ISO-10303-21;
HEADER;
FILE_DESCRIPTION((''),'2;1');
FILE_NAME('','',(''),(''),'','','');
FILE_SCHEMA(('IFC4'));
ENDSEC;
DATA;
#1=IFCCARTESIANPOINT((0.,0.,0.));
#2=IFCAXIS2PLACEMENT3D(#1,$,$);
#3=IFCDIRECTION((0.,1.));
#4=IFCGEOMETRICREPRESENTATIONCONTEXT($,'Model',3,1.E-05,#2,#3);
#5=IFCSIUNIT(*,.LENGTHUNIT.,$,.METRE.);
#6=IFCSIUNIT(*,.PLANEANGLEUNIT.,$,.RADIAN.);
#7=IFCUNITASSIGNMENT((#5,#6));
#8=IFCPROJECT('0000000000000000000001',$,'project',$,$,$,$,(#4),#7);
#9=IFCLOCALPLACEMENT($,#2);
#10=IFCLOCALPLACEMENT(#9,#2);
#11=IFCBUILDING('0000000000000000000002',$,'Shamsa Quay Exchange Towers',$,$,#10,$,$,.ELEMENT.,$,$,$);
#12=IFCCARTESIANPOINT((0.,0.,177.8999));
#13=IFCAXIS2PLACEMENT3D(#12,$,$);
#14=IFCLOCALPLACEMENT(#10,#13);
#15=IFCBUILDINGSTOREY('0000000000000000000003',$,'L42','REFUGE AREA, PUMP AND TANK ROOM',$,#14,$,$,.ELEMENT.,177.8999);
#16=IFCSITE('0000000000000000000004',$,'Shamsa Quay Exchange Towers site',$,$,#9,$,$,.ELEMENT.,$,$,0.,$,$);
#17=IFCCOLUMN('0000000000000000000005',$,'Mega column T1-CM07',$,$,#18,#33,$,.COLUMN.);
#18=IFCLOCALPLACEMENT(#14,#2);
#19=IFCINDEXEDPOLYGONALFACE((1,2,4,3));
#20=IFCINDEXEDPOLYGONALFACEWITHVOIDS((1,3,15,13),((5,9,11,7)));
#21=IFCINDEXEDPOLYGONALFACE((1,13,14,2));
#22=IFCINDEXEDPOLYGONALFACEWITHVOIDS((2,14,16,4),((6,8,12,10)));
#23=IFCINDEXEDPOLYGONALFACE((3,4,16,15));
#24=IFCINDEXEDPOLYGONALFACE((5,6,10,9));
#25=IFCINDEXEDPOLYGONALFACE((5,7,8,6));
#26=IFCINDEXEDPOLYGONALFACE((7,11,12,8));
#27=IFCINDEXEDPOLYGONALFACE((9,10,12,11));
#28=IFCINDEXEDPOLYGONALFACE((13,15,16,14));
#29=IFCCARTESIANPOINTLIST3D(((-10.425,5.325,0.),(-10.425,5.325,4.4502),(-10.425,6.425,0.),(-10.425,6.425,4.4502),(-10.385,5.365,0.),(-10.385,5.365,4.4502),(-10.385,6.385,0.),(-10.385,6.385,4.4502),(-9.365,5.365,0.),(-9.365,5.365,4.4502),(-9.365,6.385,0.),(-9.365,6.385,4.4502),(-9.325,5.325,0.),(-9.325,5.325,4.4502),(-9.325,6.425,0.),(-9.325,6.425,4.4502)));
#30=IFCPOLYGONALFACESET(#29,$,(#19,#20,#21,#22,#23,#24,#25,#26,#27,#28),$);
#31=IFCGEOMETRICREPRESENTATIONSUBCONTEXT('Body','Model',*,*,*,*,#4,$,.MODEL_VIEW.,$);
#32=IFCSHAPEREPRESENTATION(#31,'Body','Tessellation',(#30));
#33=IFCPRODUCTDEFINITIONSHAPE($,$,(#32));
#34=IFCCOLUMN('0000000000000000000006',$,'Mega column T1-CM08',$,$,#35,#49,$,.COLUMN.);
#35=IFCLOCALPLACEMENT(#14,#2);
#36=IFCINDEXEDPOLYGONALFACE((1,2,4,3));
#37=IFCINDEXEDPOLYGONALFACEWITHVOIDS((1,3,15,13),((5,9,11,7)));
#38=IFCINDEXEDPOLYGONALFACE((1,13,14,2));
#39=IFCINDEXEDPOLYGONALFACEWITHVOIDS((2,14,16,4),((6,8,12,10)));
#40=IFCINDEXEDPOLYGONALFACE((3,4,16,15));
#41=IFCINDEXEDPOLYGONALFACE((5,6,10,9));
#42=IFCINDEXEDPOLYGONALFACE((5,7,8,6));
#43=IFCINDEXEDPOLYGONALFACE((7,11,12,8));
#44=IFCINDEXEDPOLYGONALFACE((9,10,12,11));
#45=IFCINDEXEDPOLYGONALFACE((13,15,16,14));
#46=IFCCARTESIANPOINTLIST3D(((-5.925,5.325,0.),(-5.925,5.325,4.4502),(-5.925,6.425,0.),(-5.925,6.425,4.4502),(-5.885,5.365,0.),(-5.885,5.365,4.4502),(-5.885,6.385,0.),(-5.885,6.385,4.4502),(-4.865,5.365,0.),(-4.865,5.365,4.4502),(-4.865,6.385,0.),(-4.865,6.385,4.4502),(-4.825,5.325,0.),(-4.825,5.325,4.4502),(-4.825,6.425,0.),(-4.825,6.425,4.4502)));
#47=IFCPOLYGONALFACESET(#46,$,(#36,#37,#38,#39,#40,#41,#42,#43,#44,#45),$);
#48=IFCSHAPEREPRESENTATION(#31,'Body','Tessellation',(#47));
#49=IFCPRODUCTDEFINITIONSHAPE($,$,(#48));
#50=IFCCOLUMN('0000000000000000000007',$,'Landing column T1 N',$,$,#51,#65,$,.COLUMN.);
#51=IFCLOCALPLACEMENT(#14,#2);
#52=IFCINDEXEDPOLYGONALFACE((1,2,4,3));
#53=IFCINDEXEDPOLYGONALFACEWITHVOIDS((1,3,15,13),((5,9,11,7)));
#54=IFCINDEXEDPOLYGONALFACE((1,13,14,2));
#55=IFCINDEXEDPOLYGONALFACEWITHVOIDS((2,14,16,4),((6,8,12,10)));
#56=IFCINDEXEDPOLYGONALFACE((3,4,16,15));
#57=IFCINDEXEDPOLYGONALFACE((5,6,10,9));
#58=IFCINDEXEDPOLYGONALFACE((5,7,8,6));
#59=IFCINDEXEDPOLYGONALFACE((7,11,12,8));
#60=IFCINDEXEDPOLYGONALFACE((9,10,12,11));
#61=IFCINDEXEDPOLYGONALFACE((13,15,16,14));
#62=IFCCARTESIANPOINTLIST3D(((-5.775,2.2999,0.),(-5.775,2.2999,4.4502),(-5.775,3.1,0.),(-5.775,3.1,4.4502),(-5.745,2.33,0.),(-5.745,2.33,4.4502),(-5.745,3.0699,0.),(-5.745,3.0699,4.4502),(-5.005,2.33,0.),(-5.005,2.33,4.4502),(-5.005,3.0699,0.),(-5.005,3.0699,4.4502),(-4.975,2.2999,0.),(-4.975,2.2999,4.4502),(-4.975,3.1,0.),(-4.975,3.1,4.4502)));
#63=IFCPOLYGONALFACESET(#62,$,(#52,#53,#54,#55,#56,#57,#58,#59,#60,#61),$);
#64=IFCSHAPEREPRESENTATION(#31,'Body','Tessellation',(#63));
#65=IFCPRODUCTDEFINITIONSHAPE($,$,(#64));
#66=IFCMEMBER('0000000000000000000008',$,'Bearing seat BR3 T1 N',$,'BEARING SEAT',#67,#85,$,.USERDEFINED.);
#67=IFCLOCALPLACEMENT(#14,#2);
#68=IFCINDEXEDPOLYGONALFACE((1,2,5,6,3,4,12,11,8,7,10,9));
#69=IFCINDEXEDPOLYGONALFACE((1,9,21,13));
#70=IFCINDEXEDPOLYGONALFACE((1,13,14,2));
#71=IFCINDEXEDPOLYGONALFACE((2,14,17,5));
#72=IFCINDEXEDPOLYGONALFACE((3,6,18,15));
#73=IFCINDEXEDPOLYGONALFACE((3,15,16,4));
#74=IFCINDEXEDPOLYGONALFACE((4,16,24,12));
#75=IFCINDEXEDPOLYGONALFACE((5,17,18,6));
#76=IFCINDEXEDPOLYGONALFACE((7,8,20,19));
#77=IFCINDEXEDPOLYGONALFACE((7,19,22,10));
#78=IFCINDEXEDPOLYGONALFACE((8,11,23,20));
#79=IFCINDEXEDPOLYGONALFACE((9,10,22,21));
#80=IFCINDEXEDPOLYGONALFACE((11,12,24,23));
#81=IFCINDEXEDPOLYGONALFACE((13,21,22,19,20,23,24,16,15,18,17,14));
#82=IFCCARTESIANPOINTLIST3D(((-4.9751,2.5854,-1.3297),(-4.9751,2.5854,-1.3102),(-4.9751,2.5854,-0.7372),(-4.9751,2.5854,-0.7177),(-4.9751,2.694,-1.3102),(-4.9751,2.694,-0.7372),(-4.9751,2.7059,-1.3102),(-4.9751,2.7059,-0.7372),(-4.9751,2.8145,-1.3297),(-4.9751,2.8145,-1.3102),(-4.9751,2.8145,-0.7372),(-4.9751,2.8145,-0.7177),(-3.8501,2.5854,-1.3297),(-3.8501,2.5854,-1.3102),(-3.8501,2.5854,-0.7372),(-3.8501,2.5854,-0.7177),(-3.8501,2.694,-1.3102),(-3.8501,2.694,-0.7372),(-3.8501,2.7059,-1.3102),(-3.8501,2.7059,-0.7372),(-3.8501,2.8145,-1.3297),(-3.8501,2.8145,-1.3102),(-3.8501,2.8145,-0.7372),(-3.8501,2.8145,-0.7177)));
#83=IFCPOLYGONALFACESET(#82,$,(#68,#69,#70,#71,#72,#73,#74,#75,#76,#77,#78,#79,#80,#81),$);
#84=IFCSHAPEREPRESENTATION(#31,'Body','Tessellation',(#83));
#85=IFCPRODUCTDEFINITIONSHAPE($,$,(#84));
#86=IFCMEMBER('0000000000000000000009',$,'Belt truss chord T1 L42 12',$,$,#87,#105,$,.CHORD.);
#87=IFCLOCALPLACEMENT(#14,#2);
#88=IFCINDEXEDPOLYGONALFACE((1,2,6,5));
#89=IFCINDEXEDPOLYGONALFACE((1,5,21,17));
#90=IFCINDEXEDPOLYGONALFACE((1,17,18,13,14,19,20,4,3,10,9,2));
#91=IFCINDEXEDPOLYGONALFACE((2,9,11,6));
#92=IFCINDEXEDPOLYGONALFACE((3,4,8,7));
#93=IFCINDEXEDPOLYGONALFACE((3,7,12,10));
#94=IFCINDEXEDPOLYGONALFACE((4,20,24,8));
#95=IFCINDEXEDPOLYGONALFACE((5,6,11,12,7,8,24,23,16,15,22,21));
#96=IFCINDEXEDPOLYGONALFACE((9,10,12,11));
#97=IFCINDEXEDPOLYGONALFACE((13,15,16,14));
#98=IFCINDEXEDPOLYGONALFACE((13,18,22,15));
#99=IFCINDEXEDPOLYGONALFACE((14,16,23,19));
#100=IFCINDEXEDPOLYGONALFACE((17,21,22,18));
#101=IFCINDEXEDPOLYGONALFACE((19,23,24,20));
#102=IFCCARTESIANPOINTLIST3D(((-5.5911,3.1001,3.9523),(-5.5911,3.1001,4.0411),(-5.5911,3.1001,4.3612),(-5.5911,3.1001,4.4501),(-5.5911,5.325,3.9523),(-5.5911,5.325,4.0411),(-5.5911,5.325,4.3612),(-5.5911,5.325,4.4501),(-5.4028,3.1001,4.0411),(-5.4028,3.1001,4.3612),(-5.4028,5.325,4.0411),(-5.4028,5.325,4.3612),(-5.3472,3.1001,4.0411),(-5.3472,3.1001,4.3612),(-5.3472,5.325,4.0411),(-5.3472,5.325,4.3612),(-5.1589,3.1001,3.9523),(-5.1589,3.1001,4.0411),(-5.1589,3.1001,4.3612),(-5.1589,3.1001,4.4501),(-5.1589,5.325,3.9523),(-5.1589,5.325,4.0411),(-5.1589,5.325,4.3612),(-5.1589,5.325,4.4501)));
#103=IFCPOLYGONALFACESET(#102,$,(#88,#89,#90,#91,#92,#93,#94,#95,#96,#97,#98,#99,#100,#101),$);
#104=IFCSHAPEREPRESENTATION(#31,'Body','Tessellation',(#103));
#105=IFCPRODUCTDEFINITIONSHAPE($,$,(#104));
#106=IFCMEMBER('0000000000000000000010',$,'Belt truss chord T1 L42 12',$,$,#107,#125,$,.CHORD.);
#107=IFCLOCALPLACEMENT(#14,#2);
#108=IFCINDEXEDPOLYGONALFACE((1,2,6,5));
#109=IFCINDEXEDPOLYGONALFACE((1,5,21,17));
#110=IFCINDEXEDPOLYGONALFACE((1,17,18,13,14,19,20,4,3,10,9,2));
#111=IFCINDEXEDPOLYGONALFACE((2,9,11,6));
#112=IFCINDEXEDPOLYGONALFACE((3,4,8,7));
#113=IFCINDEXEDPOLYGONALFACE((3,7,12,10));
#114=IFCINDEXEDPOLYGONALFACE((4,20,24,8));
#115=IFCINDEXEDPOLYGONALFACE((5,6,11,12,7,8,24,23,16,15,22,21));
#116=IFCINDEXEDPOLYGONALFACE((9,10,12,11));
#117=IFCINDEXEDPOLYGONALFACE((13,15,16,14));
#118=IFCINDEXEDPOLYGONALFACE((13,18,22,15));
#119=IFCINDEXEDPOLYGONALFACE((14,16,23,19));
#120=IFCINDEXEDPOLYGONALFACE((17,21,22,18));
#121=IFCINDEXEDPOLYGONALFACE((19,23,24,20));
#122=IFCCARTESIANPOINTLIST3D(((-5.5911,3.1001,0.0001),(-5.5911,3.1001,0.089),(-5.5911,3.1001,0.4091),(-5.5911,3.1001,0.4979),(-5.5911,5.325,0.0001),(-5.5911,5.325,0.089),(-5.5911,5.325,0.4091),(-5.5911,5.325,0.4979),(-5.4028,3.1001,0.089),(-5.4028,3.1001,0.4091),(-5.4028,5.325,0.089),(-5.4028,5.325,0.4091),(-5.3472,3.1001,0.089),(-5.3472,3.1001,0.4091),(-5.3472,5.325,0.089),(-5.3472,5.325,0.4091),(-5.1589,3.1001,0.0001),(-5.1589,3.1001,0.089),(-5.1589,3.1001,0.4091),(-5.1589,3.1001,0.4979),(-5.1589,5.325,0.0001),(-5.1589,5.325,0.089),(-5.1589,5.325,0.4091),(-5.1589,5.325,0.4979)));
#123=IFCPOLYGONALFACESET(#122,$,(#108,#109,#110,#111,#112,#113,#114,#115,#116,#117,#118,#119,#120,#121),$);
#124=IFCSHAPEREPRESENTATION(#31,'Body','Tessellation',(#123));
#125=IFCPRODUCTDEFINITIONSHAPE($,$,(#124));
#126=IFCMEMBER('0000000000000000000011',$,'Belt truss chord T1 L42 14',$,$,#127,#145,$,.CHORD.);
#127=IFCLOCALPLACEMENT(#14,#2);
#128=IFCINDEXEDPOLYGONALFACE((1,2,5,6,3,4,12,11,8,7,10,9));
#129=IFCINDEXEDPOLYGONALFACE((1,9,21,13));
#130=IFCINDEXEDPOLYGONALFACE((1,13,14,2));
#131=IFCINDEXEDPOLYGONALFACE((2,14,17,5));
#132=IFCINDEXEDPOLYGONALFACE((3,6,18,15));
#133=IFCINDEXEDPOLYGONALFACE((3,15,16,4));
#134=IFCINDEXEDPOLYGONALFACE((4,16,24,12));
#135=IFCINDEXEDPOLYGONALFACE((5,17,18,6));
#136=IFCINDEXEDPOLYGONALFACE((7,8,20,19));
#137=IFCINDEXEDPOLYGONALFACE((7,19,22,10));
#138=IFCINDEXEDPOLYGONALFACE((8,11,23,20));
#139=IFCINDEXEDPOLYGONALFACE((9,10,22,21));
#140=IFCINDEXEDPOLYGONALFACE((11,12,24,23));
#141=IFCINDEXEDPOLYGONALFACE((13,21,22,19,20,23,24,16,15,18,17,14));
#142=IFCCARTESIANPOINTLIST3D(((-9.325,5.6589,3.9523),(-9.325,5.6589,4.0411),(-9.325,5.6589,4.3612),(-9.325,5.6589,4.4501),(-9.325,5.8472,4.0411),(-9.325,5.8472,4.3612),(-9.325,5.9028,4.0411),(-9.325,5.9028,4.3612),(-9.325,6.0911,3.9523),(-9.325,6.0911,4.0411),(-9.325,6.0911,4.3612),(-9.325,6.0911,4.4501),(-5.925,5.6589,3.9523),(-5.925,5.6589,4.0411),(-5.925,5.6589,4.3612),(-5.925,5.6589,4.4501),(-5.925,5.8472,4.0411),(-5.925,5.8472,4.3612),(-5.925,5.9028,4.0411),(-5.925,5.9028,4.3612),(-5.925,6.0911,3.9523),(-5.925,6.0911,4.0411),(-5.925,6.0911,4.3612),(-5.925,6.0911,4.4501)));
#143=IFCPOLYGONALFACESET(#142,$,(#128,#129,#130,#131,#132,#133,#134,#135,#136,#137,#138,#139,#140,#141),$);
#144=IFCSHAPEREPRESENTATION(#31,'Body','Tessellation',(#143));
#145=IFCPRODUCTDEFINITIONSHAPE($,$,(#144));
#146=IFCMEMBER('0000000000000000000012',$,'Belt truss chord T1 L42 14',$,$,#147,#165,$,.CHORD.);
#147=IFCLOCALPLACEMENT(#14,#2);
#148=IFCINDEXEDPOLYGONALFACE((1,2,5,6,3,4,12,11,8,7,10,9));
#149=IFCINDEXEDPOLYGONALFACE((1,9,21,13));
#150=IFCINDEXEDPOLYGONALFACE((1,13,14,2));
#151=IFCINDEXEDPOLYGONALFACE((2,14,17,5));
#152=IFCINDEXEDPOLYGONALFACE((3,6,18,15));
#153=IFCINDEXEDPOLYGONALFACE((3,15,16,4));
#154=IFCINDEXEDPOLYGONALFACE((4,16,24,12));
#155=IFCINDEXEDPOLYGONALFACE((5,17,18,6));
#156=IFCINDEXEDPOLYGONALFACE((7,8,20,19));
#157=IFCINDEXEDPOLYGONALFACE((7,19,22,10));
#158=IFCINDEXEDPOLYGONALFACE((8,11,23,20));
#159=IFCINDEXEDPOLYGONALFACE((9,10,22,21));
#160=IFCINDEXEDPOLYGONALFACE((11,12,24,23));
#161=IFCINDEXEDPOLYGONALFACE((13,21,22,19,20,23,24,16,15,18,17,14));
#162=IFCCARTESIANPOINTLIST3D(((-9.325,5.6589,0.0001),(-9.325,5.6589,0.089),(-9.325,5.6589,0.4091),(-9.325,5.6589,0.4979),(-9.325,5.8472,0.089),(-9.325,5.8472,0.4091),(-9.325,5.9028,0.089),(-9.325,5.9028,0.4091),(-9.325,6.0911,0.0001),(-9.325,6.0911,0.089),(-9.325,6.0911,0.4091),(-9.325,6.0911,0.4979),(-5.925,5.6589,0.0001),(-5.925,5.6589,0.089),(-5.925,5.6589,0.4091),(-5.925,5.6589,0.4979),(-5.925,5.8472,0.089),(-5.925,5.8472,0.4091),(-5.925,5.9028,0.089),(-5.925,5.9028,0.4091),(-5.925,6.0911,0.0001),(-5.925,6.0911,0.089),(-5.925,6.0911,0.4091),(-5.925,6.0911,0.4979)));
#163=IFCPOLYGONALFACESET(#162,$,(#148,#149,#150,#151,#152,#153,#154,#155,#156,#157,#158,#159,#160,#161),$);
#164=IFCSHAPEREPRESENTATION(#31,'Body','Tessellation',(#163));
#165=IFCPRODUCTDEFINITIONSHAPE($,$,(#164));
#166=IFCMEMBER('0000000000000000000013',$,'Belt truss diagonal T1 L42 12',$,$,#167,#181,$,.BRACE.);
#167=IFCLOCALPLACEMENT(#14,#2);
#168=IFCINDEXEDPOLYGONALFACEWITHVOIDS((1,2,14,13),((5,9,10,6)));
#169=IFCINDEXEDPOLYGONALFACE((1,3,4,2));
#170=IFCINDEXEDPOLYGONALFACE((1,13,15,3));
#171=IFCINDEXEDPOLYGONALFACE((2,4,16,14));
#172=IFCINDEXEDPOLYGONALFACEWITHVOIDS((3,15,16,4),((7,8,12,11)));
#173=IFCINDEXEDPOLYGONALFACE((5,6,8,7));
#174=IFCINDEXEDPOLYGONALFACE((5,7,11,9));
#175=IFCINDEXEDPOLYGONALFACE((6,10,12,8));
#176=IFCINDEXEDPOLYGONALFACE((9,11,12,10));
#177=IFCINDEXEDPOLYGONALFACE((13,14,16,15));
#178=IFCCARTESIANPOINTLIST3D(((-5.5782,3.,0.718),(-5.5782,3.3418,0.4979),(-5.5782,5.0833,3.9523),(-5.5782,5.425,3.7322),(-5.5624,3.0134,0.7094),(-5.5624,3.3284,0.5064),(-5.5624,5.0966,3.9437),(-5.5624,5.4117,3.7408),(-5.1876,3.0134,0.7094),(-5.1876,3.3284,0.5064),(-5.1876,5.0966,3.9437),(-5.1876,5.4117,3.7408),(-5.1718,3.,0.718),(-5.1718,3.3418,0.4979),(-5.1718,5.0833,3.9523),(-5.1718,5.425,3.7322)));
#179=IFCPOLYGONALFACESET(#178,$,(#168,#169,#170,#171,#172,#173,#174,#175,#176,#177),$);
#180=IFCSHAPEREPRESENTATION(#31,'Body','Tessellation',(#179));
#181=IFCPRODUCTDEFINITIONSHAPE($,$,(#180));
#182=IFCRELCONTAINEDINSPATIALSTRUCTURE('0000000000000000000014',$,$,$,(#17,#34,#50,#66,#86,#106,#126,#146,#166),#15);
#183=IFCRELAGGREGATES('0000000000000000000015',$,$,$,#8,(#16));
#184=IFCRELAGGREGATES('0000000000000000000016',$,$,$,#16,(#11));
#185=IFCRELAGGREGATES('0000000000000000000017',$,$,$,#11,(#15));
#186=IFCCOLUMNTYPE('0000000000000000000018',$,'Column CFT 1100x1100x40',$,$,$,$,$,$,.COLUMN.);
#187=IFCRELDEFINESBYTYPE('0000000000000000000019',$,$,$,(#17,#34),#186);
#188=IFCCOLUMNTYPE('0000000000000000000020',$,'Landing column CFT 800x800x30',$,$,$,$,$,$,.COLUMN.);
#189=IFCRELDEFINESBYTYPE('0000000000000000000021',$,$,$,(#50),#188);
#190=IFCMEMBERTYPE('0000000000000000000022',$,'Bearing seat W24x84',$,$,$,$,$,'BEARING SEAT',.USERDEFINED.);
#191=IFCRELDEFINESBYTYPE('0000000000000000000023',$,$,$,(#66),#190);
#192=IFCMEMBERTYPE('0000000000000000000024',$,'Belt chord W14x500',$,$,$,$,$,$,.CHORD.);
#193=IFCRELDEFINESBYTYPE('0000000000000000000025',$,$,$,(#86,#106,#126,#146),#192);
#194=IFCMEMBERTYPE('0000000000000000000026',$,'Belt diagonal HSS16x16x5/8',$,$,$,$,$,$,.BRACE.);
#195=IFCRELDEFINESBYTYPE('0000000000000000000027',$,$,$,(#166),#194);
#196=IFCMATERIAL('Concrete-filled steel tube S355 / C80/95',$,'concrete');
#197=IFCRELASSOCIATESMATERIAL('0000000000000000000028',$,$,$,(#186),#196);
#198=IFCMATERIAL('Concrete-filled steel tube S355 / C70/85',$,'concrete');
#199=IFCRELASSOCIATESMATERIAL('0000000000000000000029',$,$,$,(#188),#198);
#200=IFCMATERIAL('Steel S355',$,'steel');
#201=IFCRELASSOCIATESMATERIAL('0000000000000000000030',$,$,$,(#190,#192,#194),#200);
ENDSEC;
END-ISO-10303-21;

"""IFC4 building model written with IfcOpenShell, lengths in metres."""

from ifc_helpers import new_model, si_unit, direction, frame, origin, origin_2d, place, context, subcontext, project, spatial, hollow_rectangle, i_section, extrude, material, material_profile, profile_set, type_object, element, save


model = new_model("IFC4")

# Units and contexts
model_context = context("Model", 3, precision=1e-05, world=origin(), true_north=direction((0.0, 1.0)))
body_context = subcontext(model_context, "Body", "Model", "MODEL_VIEW")
ifc_project = project(units=[si_unit("LENGTHUNIT", "METRE"), si_unit("PLANEANGLEUNIT", "RADIAN")], contexts=[model_context])

# Site, building, storey
site_placement = place(None, origin())
site = spatial("IfcSite", under=ifc_project, at=site_placement, Name="Shamsa Quay Exchange Towers site", CompositionType="ELEMENT", RefElevation=0.0)
building_placement = place(site_placement, origin())
building = spatial("IfcBuilding", under=site, at=building_placement, Name="Shamsa Quay Exchange Towers", CompositionType="ELEMENT")
storey_placement = place(building_placement, frame((0.0, 0.0, 177.8999)))
storey = spatial("IfcBuildingStorey", under=building, at=storey_placement, Name="L42", Description="REFUGE AREA, PUMP AND TANK ROOM", CompositionType="ELEMENT", Elevation=177.8999)

# Columns
ifc_material_1 = material(Name="Concrete-filled steel tube S355 / C80/95", Category="concrete")
ifc_material_profile_1 = material_profile(ifc_material_1, hollow_rectangle(XDim=1.1001, YDim=1.1001, WallThickness=0.04, at=origin_2d()), Name="CFT 1100x1100x40")
ifc_profile_set_1 = profile_set([ifc_material_profile_1], Name="Concrete-filled steel tube S355 / C80/95")
column_type_1 = type_object("IfcColumnType", Name="Column CFT 1100x1100x40", PredefinedType="COLUMN", material=ifc_profile_set_1)
for number, where, name in (
    (1, (-9.875, 5.875, 0.0), "Mega column T1-CM07"),
    (2, (-5.375, 5.875, 0.0), "Mega column T1-CM08"),
):
    element("IfcColumn", number, at=place(storey_placement, frame(where)), inside=storey, type_object=column_type_1, Name=name, PredefinedType="COLUMN", context=body_context, shape_type="SweptSolid", body=[
        extrude(hollow_rectangle(XDim=1.1001, YDim=1.1001, WallThickness=0.04, at=origin_2d()), origin(), (0.0, 0.0, 1.0), 4.4502),
    ])
ifc_material_2 = material(Name="Concrete-filled steel tube S355 / C70/85", Category="concrete")
ifc_material_profile_2 = material_profile(ifc_material_2, hollow_rectangle(XDim=0.8, YDim=0.8, WallThickness=0.03, at=origin_2d()), Name="CFT 800x800x30")
ifc_profile_set_2 = profile_set([ifc_material_profile_2], Name="Concrete-filled steel tube S355 / C70/85")
column_type_2 = type_object("IfcColumnType", Name="Landing column CFT 800x800x30", PredefinedType="COLUMN", material=ifc_profile_set_2)
column_placement = place(storey_placement, frame((-5.375, 2.7, 0.0)))
element("IfcColumn", 3, at=column_placement, inside=storey, type_object=column_type_2, Name="Landing column T1 N", PredefinedType="COLUMN", context=body_context, shape_type="SweptSolid", body=[
    extrude(hollow_rectangle(XDim=0.8, YDim=0.8, WallThickness=0.03, at=origin_2d()), origin(), (0.0, 0.0, 1.0), 4.4502),
])

# Members
ifc_material_3 = material(Name="Steel S355", Category="steel")
ifc_material_profile_3 = material_profile(ifc_material_3, i_section(OverallWidth=0.229, OverallDepth=0.6121, WebThickness=0.012, FlangeThickness=0.0195, at=origin_2d()), Name="W24x84")
ifc_profile_set_3 = profile_set([ifc_material_profile_3], Name="Steel S355")
member_type_1 = type_object("IfcMemberType", Name="Bearing seat W24x84", ElementType="BEARING SEAT", PredefinedType="USERDEFINED", material=ifc_profile_set_3)
member_1_placement = place(storey_placement, frame((-4.9751, 2.7, -1.0237), z_axis=(1.0, 0.0, 0.0), x_axis=(0.0, 1.0, 0.0)))
element("IfcMember", 4, at=member_1_placement, inside=storey, type_object=member_type_1, Name="Bearing seat BR3 T1 N", ObjectType="BEARING SEAT", PredefinedType="USERDEFINED", context=body_context, shape_type="SweptSolid", body=[
    extrude(i_section(OverallWidth=0.229, OverallDepth=0.6121, WebThickness=0.012, FlangeThickness=0.0195, at=origin_2d()), origin(), (0.0, 0.0, 1.0), 1.125),
])
ifc_material_profile_4 = material_profile(ifc_material_3, i_section(OverallWidth=0.4321, OverallDepth=0.4978, WebThickness=0.0557, FlangeThickness=0.0889, at=origin_2d()), Name="W14x500")
ifc_profile_set_4 = profile_set([ifc_material_profile_4], Name="Steel S355")
member_type_2 = type_object("IfcMemberType", Name="Belt chord W14x500", PredefinedType="CHORD", material=ifc_profile_set_4)
for number, where, z_axis, x_axis, name in (
    (5, (-5.375, 3.1001, 4.2012), (0.0, 1.0, 0.0), (-1.0, 0.0, 0.0), "Belt truss chord T1 L42 12"),
    (6, (-5.375, 3.1001, 0.249), (0.0, 1.0, 0.0), (-1.0, 0.0, 0.0), "Belt truss chord T1 L42 12"),
):
    element("IfcMember", number, at=place(storey_placement, frame(where, z_axis=z_axis, x_axis=x_axis)), inside=storey, type_object=member_type_2, Name=name, PredefinedType="CHORD", context=body_context, shape_type="SweptSolid", body=[
        extrude(i_section(OverallWidth=0.4321, OverallDepth=0.4978, WebThickness=0.0557, FlangeThickness=0.0889, at=origin_2d()), origin(), (0.0, 0.0, 1.0), 2.2249),
    ])
for number, where, z_axis, x_axis, name in (
    (7, (-5.925, 5.875, 4.2012), (-1.0, 0.0, 0.0), (0.0, -1.0, 0.0), "Belt truss chord T1 L42 14"),
    (8, (-5.925, 5.875, 0.249), (-1.0, 0.0, 0.0), (0.0, -1.0, 0.0), "Belt truss chord T1 L42 14"),
):
    element("IfcMember", number, at=place(storey_placement, frame(where, z_axis=z_axis, x_axis=x_axis)), inside=storey, type_object=member_type_2, Name=name, PredefinedType="CHORD", context=body_context, shape_type="SweptSolid", body=[
        extrude(i_section(OverallWidth=0.4321, OverallDepth=0.4978, WebThickness=0.0557, FlangeThickness=0.0889, at=origin_2d()), origin(), (0.0, 0.0, 1.0), 3.3999),
    ])
ifc_material_profile_5 = material_profile(ifc_material_3, hollow_rectangle(XDim=0.4065, YDim=0.4065, WallThickness=0.0159, at=origin_2d()), Name="HSS16x16x5/8")
ifc_profile_set_5 = profile_set([ifc_material_profile_5], Name="Steel S355")
member_type_3 = type_object("IfcMemberType", Name="Belt diagonal HSS16x16x5/8", PredefinedType="BRACE", material=ifc_profile_set_5)
member_2_placement = place(storey_placement, frame((-5.375, 3.1709, 0.6079), z_axis=(0.0, 0.541495, 0.840704), x_axis=(-1.0, 0.0, 0.0)))
element("IfcMember", 9, at=member_2_placement, inside=storey, type_object=member_type_3, Name="Belt truss diagonal T1 L42 12", PredefinedType="BRACE", context=body_context, shape_type="SweptSolid", body=[
    extrude(hollow_rectangle(XDim=0.4065, YDim=0.4065, WallThickness=0.0159, at=origin_2d()), origin(), (0.0, 0.0, 1.0), 3.8472),
])

save(model, "model.ifc")
